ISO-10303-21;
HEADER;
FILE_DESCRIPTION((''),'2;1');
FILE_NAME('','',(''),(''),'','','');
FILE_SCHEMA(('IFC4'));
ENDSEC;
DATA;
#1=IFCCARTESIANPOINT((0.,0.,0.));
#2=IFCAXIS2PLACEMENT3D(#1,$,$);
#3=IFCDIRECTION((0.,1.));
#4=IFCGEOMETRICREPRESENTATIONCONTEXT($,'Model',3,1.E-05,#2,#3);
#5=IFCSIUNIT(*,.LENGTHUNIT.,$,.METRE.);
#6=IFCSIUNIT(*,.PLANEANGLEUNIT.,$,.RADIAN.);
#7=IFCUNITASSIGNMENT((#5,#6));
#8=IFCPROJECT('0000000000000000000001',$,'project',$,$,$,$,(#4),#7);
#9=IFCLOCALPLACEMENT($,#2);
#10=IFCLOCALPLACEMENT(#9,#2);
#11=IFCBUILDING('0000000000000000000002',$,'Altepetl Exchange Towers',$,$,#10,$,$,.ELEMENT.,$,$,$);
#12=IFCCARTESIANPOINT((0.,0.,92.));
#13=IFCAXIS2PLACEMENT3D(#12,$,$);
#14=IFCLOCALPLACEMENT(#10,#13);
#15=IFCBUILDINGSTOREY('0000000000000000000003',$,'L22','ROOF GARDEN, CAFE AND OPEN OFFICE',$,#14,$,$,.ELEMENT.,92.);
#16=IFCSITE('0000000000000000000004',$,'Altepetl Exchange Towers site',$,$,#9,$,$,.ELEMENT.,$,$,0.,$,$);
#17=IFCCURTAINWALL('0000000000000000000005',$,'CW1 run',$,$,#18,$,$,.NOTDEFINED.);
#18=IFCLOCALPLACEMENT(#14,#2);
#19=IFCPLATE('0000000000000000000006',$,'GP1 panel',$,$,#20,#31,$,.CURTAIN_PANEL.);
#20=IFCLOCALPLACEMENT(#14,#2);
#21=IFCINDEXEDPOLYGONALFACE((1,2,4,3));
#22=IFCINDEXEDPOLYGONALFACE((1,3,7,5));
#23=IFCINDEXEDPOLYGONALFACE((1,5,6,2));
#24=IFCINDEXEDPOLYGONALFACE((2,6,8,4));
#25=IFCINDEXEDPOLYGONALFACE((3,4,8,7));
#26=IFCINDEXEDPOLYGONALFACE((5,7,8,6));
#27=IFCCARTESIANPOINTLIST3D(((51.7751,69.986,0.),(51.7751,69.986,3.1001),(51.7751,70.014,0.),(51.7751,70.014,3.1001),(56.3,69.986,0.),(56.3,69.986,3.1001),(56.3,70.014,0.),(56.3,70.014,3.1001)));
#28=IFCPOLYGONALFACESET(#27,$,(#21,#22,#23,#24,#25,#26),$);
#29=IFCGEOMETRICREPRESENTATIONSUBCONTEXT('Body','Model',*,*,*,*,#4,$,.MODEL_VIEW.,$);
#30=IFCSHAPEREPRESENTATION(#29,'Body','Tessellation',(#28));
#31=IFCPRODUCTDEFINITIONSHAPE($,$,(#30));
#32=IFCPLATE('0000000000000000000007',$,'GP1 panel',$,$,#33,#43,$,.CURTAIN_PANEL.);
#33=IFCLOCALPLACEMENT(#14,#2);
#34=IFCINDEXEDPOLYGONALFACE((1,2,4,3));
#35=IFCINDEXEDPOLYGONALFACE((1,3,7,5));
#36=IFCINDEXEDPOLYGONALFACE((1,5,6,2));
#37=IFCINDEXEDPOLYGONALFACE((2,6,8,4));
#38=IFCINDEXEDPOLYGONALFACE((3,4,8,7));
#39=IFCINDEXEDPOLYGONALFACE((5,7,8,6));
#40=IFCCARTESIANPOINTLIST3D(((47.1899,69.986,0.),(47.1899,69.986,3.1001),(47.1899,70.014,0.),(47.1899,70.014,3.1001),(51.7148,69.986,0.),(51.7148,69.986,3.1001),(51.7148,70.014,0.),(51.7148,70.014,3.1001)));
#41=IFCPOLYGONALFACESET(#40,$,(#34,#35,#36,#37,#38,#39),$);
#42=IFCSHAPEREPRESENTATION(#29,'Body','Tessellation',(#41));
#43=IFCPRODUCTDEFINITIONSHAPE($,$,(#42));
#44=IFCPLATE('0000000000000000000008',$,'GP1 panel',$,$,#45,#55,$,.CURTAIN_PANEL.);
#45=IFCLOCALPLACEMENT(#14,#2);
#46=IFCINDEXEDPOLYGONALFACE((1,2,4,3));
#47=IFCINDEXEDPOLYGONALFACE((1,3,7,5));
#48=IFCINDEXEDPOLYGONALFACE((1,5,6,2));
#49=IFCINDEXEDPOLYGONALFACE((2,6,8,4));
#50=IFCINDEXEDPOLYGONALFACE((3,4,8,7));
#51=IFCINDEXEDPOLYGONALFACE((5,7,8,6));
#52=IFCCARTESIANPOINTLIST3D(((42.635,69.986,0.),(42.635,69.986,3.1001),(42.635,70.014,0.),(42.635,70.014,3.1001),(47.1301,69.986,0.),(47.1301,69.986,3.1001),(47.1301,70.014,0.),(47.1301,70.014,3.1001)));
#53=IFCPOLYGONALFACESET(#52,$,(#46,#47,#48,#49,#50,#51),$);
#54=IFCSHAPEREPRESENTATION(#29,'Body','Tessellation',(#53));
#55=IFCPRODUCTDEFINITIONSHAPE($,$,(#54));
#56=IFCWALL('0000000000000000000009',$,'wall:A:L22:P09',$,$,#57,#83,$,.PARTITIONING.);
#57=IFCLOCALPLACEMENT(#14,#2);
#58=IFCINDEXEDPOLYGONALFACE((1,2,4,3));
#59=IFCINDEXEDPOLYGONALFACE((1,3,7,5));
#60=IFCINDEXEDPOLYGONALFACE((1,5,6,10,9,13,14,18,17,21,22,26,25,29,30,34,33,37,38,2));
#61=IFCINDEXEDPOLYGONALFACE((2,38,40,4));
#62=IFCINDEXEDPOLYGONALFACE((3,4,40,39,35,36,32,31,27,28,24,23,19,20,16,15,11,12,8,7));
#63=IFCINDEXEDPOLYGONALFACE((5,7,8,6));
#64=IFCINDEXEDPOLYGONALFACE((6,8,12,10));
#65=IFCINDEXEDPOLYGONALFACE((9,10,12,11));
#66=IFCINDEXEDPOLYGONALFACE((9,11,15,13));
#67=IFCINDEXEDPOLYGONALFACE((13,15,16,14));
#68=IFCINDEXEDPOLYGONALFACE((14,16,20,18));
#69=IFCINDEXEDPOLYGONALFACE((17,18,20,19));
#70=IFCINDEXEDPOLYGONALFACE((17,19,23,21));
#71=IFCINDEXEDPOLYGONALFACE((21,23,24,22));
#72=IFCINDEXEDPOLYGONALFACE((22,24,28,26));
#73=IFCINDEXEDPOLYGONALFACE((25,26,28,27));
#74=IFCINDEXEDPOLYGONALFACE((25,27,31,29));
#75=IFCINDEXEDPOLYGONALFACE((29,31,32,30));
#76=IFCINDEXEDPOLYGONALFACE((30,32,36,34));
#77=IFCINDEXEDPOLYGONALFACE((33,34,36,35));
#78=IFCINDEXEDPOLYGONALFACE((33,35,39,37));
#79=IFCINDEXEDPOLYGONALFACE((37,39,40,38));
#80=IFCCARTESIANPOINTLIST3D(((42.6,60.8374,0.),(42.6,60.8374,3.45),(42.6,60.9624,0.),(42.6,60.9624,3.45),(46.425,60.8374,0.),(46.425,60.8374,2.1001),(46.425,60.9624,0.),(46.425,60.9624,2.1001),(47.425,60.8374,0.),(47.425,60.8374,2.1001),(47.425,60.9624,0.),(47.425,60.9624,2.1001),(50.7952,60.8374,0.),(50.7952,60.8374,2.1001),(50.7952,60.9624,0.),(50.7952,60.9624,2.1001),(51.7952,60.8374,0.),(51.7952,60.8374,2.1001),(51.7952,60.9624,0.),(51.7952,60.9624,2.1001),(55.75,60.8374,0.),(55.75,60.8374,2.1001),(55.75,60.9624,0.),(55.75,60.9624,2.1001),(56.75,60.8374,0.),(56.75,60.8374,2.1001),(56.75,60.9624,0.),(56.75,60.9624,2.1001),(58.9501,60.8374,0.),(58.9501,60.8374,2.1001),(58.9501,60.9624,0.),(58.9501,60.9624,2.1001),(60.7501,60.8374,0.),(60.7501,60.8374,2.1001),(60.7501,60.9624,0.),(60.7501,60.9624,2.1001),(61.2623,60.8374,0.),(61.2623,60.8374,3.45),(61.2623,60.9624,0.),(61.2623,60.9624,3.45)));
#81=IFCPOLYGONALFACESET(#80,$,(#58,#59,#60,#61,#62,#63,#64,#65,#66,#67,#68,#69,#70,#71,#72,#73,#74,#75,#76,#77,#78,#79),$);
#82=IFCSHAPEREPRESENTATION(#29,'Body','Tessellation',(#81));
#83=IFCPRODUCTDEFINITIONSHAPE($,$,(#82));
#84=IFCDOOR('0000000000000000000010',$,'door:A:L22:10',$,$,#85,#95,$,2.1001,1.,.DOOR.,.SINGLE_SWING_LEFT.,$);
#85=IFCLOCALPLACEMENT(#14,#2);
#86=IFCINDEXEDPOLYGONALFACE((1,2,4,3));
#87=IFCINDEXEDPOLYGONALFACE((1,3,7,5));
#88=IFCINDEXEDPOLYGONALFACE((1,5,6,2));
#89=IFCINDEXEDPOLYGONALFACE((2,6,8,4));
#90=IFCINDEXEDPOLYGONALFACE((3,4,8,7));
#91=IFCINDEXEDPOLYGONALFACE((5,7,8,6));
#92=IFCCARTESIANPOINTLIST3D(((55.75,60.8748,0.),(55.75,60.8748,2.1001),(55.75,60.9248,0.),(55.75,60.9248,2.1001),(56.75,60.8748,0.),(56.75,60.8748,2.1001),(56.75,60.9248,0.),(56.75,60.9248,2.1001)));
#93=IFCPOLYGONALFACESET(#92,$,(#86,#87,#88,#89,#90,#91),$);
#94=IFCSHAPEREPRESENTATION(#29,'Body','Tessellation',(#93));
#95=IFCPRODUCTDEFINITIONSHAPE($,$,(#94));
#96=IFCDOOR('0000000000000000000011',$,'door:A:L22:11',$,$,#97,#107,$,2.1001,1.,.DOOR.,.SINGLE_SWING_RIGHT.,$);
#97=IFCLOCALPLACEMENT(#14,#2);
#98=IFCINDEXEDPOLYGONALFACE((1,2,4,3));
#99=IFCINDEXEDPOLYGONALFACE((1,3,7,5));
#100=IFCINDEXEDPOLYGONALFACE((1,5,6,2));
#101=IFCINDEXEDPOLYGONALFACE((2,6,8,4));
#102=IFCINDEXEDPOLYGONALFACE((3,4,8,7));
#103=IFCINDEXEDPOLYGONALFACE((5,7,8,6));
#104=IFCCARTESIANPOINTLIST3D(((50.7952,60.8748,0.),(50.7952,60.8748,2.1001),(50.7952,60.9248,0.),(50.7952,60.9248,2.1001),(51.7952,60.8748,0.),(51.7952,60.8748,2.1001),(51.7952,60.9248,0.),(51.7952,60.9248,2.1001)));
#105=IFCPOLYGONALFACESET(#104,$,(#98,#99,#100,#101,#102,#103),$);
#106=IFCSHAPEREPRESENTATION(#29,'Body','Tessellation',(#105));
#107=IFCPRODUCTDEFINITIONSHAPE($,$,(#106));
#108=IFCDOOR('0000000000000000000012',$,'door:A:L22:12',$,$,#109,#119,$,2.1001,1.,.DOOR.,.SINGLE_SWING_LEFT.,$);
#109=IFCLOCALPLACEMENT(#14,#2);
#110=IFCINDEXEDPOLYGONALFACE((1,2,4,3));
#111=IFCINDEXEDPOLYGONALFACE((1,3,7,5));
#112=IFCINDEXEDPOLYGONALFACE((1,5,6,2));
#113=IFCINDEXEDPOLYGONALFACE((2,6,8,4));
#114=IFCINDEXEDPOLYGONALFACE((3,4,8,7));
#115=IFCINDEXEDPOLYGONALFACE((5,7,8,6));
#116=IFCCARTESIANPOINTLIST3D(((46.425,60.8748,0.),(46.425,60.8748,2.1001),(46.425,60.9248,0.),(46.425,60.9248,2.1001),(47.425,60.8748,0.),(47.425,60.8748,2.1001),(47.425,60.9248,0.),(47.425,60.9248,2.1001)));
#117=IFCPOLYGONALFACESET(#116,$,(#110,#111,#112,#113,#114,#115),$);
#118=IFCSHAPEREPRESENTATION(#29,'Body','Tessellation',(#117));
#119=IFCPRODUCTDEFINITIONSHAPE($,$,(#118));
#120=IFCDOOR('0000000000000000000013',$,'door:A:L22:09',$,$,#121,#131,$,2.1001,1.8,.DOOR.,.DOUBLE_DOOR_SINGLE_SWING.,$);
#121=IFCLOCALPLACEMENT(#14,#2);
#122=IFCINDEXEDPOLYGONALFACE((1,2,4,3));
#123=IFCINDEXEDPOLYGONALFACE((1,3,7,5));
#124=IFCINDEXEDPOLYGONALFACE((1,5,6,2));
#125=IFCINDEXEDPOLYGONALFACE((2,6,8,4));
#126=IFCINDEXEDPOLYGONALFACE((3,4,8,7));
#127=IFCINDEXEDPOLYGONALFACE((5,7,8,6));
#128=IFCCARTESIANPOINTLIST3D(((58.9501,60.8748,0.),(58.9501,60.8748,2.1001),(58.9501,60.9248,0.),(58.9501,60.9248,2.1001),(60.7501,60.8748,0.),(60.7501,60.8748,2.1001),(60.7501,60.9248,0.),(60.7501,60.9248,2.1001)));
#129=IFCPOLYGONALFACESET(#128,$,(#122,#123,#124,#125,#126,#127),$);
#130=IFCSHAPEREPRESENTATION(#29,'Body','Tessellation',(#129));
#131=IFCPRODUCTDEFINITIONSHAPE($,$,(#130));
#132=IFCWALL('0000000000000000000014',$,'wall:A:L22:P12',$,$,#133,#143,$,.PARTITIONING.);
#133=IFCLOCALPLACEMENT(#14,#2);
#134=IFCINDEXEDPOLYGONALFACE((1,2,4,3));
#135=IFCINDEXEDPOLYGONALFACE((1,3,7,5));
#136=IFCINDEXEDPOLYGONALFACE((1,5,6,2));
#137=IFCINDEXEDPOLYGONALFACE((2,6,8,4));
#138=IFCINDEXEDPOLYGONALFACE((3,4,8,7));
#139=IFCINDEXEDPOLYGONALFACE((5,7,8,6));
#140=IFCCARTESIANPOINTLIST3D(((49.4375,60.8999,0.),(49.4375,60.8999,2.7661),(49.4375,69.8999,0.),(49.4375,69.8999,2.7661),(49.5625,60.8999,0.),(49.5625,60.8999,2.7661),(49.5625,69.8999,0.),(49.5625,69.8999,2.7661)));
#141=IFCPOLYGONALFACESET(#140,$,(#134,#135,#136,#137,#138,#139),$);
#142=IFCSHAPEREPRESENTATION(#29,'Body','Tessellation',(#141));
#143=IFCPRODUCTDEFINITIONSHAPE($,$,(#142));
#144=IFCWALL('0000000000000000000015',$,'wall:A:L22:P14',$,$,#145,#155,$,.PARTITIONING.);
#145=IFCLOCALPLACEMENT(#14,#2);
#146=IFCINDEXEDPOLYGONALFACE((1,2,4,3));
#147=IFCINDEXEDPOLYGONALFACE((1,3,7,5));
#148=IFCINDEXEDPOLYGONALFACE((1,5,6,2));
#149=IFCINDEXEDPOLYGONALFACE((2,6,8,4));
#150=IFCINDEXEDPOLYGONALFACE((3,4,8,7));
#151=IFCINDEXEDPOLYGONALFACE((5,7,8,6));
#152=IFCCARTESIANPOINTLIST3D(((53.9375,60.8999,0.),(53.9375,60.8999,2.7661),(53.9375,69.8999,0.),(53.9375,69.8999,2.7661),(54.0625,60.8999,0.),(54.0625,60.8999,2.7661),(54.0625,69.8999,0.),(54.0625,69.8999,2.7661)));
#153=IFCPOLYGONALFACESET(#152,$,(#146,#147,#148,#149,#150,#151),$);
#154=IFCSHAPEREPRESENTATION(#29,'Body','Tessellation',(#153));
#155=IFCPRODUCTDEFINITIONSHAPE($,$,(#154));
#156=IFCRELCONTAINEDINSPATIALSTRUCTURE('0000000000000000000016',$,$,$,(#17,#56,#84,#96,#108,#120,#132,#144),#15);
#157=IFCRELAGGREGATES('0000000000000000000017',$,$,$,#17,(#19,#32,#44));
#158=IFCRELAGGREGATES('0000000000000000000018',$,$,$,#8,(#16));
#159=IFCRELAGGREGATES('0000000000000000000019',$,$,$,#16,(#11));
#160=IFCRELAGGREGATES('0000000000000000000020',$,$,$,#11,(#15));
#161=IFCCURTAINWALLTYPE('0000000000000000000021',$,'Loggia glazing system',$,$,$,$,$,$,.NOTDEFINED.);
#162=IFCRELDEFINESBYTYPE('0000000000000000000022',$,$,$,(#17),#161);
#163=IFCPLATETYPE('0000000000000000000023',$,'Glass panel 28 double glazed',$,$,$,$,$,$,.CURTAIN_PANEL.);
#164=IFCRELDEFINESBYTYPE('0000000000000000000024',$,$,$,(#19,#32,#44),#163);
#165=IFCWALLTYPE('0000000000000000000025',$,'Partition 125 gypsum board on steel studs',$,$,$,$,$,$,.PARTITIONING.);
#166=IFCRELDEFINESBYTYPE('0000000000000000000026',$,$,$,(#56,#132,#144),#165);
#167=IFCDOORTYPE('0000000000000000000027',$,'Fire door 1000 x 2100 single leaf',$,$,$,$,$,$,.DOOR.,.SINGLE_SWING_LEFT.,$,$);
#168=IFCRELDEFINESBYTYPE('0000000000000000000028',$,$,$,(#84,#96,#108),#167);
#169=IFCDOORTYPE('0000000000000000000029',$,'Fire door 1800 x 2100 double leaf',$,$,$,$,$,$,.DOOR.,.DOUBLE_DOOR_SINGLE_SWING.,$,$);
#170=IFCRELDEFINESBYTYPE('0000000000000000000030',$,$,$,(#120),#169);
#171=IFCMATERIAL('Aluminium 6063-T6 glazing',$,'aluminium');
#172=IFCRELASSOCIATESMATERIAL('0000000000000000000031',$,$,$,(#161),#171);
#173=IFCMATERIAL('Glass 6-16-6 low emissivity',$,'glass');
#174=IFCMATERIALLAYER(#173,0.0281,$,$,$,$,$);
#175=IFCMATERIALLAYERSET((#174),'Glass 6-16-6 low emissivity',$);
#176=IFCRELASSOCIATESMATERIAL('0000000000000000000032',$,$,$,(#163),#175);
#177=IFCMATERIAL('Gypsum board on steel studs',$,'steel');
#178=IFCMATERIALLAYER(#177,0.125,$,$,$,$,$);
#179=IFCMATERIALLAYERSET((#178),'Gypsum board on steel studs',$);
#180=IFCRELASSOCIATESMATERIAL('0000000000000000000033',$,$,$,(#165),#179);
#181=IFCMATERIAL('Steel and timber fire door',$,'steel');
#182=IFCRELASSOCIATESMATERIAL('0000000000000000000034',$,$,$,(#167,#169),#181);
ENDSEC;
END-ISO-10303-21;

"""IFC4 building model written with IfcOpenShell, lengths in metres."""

from ifc_helpers import new_model, si_unit, direction, frame, frame_2d, origin, origin_2d, place, context, subcontext, project, spatial, rectangle, extrude, material, layer, layer_set, type_object, element, fill, aggregate, save


model = new_model("IFC4")

# Units and contexts
model_context = context("Model", 3, precision=1e-05, world=origin(), true_north=direction((0.0, 1.0)))
body_context = subcontext(model_context, "Body", "Model", "MODEL_VIEW")
ifc_project = project(units=[si_unit("LENGTHUNIT", "METRE"), si_unit("PLANEANGLEUNIT", "RADIAN")], contexts=[model_context])

# Site, building, storey
site_placement = place(None, origin())
site = spatial("IfcSite", under=ifc_project, at=site_placement, Name="Altepetl Exchange Towers site", CompositionType="ELEMENT", RefElevation=0.0)
building_placement = place(site_placement, origin())
building = spatial("IfcBuilding", under=site, at=building_placement, Name="Altepetl Exchange Towers", CompositionType="ELEMENT")
storey_placement = place(building_placement, frame((0.0, 0.0, 92.0)))
storey = spatial("IfcBuildingStorey", under=building, at=storey_placement, Name="L22", Description="ROOF GARDEN, CAFE AND OPEN OFFICE", CompositionType="ELEMENT", Elevation=92.0)

# Curtain wall
ifc_material_1 = material(Name="Aluminium 6063-T6 glazing", Category="aluminium")
curtain_wall_type = type_object("IfcCurtainWallType", Name="Loggia glazing system", PredefinedType="NOTDEFINED", material=ifc_material_1)
curtain_wall_placement = place(storey_placement, origin())
curtain_wall = element("IfcCurtainWall", 1, at=curtain_wall_placement, inside=storey, type_object=curtain_wall_type, Name="CW1 run", PredefinedType="NOTDEFINED")

# Plates
ifc_material_2 = material(Name="Glass 6-16-6 low emissivity", Category="glass")
ifc_layer_1 = layer(ifc_material_2, 0.0281)
ifc_layer_set_1 = layer_set([ifc_layer_1], Name="Glass 6-16-6 low emissivity")
plate_type = type_object("IfcPlateType", Name="Glass panel 28 double glazed", PredefinedType="CURTAIN_PANEL", material=ifc_layer_set_1)
plate_1_placement = place(storey_placement, frame((54.0376, 70.0, 0.0), z_axis=(0.0, 0.0, 1.0), x_axis=(-1.0, 0.0, 0.0)))
plate_1 = element("IfcPlate", 2, at=plate_1_placement, type_object=plate_type, Name="GP1 panel", PredefinedType="CURTAIN_PANEL", context=body_context, shape_type="SweptSolid", body=[
    extrude(rectangle(XDim=4.5249, YDim=0.0281, at=origin_2d()), origin(), (0.0, 0.0, 1.0), 3.1001),
])
plate_2_placement = place(storey_placement, frame((49.4524, 70.0, 0.0), z_axis=(0.0, 0.0, 1.0), x_axis=(-1.0, 0.0, 0.0)))
plate_2 = element("IfcPlate", 3, at=plate_2_placement, type_object=plate_type, Name="GP1 panel", PredefinedType="CURTAIN_PANEL", context=body_context, shape_type="SweptSolid", body=[
    extrude(rectangle(XDim=4.5249, YDim=0.0281, at=origin_2d()), origin(), (0.0, 0.0, 1.0), 3.1001),
])
plate_3_placement = place(storey_placement, frame((44.8826, 70.0, 0.0), z_axis=(0.0, 0.0, 1.0), x_axis=(-1.0, 0.0, 0.0)))
plate_3 = element("IfcPlate", 4, at=plate_3_placement, type_object=plate_type, Name="GP1 panel", PredefinedType="CURTAIN_PANEL", context=body_context, shape_type="SweptSolid", body=[
    extrude(rectangle(XDim=4.4951, YDim=0.0281, at=origin_2d()), origin(), (0.0, 0.0, 1.0), 3.1001),
])
aggregate(curtain_wall, [plate_1, plate_2, plate_3])

# Wall, openings, doors
ifc_material_3 = material(Name="Gypsum board on steel studs", Category="steel")
ifc_layer_2 = layer(ifc_material_3, 0.125)
ifc_layer_set_2 = layer_set([ifc_layer_2], Name="Gypsum board on steel studs")
wall_type = type_object("IfcWallType", Name="Partition 125 gypsum board on steel studs", PredefinedType="PARTITIONING", material=ifc_layer_set_2)
wall_placement = place(storey_placement, frame((42.6001, 60.8999, 0.0)))
wall = element("IfcWall", 5, at=wall_placement, inside=storey, type_object=wall_type, Name="wall:A:L22:P09", PredefinedType="PARTITIONING", context=body_context, shape_type="SweptSolid", body=[
    extrude(rectangle(XDim=18.6624, YDim=0.125, at=frame_2d((9.3311, 0.0))), origin(), (0.0, 0.0, 1.0), 3.45),
])
opening_1_placement = place(wall_placement, frame((16.3501, 0.0, 0.0)))
opening_1 = element("IfcOpeningElement", 6, at=opening_1_placement, cuts=wall, PredefinedType="OPENING", context=body_context, shape_type="SweptSolid", body=[
    extrude(rectangle(XDim=1.8, YDim=2.1001, at=frame_2d((0.8999, 1.05))), frame((0.0, 0.0725, 0.0), z_axis=(0.0, -1.0, 0.0), x_axis=(1.0, 0.0, 0.0)), (0.0, 0.0, 1.0), 0.145),
])
opening_2_placement = place(wall_placement, frame((13.1499, 0.0, 0.0)))
opening_2 = element("IfcOpeningElement", 7, at=opening_2_placement, cuts=wall, PredefinedType="OPENING", context=body_context, shape_type="SweptSolid", body=[
    extrude(rectangle(XDim=1.0, YDim=2.1001, at=frame_2d((0.5, 1.05))), frame((0.0, 0.0725, 0.0), z_axis=(0.0, -1.0, 0.0), x_axis=(1.0, 0.0, 0.0)), (0.0, 0.0, 1.0), 0.145),
])
opening_3_placement = place(wall_placement, frame((8.1951, 0.0, 0.0)))
opening_3 = element("IfcOpeningElement", 8, at=opening_3_placement, cuts=wall, PredefinedType="OPENING", context=body_context, shape_type="SweptSolid", body=[
    extrude(rectangle(XDim=1.0, YDim=2.1001, at=frame_2d((0.5, 1.05))), frame((0.0, 0.0725, 0.0), z_axis=(0.0, -1.0, 0.0), x_axis=(1.0, 0.0, 0.0)), (0.0, 0.0, 1.0), 0.145),
])
opening_4_placement = place(wall_placement, frame((3.825, 0.0, 0.0)))
opening_4 = element("IfcOpeningElement", 9, at=opening_4_placement, cuts=wall, PredefinedType="OPENING", context=body_context, shape_type="SweptSolid", body=[
    extrude(rectangle(XDim=1.0, YDim=2.1001, at=frame_2d((0.5, 1.05))), frame((0.0, 0.0725, 0.0), z_axis=(0.0, -1.0, 0.0), x_axis=(1.0, 0.0, 0.0)), (0.0, 0.0, 1.0), 0.145),
])
ifc_material_4 = material(Name="Steel and timber fire door", Category="steel")
door_type_1 = type_object("IfcDoorType", Name="Fire door 1000 x 2100 single leaf", OperationType="SINGLE_SWING_LEFT", PredefinedType="DOOR", material=ifc_material_4)
door_1_placement = place(opening_2_placement, origin())
door_1 = element("IfcDoor", 10, at=door_1_placement, inside=storey, type_object=door_type_1, Name="door:A:L22:10", OperationType="SINGLE_SWING_LEFT", OverallHeight=2.1001, OverallWidth=1.0, PredefinedType="DOOR", context=body_context, shape_type="SweptSolid", body=[
    extrude(rectangle(XDim=1.0, YDim=2.1001, at=frame_2d((0.5, 1.05))), frame((0.0, 0.0249, 0.0), z_axis=(0.0, -1.0, 0.0), x_axis=(1.0, 0.0, 0.0)), (0.0, 0.0, 1.0), 0.05),
])
fill(opening_2, door_1)
door_2_placement = place(opening_3_placement, origin())
door_2 = element("IfcDoor", 11, at=door_2_placement, inside=storey, type_object=door_type_1, Name="door:A:L22:11", OperationType="SINGLE_SWING_RIGHT", OverallHeight=2.1001, OverallWidth=1.0, PredefinedType="DOOR", context=body_context, shape_type="SweptSolid", body=[
    extrude(rectangle(XDim=1.0, YDim=2.1001, at=frame_2d((0.5, 1.05))), frame((0.0, 0.0249, 0.0), z_axis=(0.0, -1.0, 0.0), x_axis=(1.0, 0.0, 0.0)), (0.0, 0.0, 1.0), 0.05),
])
fill(opening_3, door_2)
door_3_placement = place(opening_4_placement, origin())
door_3 = element("IfcDoor", 12, at=door_3_placement, inside=storey, type_object=door_type_1, Name="door:A:L22:12", OperationType="SINGLE_SWING_LEFT", OverallHeight=2.1001, OverallWidth=1.0, PredefinedType="DOOR", context=body_context, shape_type="SweptSolid", body=[
    extrude(rectangle(XDim=1.0, YDim=2.1001, at=frame_2d((0.5, 1.05))), frame((0.0, 0.0249, 0.0), z_axis=(0.0, -1.0, 0.0), x_axis=(1.0, 0.0, 0.0)), (0.0, 0.0, 1.0), 0.05),
])
fill(opening_4, door_3)
door_type_2 = type_object("IfcDoorType", Name="Fire door 1800 x 2100 double leaf", OperationType="DOUBLE_DOOR_SINGLE_SWING", PredefinedType="DOOR", material=ifc_material_4)
door_4_placement = place(opening_1_placement, origin())
door_4 = element("IfcDoor", 13, at=door_4_placement, inside=storey, type_object=door_type_2, Name="door:A:L22:09", OperationType="DOUBLE_DOOR_SINGLE_SWING", OverallHeight=2.1001, OverallWidth=1.8, PredefinedType="DOOR", context=body_context, shape_type="SweptSolid", body=[
    extrude(rectangle(XDim=1.8, YDim=2.1001, at=frame_2d((0.8999, 1.05))), frame((0.0, 0.0249, 0.0), z_axis=(0.0, -1.0, 0.0), x_axis=(1.0, 0.0, 0.0)), (0.0, 0.0, 1.0), 0.05),
])
fill(opening_1, door_4)

# Walls
for number, where, z_axis, x_axis, name in (
    (14, (49.5, 60.8999, 0.0), (0.0, 0.0, 1.0), (0.0, 1.0, 0.0), "wall:A:L22:P12"),
    (15, (54.0, 60.8999, 0.0), (0.0, 0.0, 1.0), (0.0, 1.0, 0.0), "wall:A:L22:P14"),
):
    element("IfcWall", number, at=place(storey_placement, frame(where, z_axis=z_axis, x_axis=x_axis)), inside=storey, type_object=wall_type, Name=name, PredefinedType="PARTITIONING", context=body_context, shape_type="SweptSolid", body=[
        extrude(rectangle(XDim=9.0, YDim=0.125, at=frame_2d((4.5, 0.0))), origin(), (0.0, 0.0, 1.0), 2.7661),
    ])

save(model, "model.ifc")
